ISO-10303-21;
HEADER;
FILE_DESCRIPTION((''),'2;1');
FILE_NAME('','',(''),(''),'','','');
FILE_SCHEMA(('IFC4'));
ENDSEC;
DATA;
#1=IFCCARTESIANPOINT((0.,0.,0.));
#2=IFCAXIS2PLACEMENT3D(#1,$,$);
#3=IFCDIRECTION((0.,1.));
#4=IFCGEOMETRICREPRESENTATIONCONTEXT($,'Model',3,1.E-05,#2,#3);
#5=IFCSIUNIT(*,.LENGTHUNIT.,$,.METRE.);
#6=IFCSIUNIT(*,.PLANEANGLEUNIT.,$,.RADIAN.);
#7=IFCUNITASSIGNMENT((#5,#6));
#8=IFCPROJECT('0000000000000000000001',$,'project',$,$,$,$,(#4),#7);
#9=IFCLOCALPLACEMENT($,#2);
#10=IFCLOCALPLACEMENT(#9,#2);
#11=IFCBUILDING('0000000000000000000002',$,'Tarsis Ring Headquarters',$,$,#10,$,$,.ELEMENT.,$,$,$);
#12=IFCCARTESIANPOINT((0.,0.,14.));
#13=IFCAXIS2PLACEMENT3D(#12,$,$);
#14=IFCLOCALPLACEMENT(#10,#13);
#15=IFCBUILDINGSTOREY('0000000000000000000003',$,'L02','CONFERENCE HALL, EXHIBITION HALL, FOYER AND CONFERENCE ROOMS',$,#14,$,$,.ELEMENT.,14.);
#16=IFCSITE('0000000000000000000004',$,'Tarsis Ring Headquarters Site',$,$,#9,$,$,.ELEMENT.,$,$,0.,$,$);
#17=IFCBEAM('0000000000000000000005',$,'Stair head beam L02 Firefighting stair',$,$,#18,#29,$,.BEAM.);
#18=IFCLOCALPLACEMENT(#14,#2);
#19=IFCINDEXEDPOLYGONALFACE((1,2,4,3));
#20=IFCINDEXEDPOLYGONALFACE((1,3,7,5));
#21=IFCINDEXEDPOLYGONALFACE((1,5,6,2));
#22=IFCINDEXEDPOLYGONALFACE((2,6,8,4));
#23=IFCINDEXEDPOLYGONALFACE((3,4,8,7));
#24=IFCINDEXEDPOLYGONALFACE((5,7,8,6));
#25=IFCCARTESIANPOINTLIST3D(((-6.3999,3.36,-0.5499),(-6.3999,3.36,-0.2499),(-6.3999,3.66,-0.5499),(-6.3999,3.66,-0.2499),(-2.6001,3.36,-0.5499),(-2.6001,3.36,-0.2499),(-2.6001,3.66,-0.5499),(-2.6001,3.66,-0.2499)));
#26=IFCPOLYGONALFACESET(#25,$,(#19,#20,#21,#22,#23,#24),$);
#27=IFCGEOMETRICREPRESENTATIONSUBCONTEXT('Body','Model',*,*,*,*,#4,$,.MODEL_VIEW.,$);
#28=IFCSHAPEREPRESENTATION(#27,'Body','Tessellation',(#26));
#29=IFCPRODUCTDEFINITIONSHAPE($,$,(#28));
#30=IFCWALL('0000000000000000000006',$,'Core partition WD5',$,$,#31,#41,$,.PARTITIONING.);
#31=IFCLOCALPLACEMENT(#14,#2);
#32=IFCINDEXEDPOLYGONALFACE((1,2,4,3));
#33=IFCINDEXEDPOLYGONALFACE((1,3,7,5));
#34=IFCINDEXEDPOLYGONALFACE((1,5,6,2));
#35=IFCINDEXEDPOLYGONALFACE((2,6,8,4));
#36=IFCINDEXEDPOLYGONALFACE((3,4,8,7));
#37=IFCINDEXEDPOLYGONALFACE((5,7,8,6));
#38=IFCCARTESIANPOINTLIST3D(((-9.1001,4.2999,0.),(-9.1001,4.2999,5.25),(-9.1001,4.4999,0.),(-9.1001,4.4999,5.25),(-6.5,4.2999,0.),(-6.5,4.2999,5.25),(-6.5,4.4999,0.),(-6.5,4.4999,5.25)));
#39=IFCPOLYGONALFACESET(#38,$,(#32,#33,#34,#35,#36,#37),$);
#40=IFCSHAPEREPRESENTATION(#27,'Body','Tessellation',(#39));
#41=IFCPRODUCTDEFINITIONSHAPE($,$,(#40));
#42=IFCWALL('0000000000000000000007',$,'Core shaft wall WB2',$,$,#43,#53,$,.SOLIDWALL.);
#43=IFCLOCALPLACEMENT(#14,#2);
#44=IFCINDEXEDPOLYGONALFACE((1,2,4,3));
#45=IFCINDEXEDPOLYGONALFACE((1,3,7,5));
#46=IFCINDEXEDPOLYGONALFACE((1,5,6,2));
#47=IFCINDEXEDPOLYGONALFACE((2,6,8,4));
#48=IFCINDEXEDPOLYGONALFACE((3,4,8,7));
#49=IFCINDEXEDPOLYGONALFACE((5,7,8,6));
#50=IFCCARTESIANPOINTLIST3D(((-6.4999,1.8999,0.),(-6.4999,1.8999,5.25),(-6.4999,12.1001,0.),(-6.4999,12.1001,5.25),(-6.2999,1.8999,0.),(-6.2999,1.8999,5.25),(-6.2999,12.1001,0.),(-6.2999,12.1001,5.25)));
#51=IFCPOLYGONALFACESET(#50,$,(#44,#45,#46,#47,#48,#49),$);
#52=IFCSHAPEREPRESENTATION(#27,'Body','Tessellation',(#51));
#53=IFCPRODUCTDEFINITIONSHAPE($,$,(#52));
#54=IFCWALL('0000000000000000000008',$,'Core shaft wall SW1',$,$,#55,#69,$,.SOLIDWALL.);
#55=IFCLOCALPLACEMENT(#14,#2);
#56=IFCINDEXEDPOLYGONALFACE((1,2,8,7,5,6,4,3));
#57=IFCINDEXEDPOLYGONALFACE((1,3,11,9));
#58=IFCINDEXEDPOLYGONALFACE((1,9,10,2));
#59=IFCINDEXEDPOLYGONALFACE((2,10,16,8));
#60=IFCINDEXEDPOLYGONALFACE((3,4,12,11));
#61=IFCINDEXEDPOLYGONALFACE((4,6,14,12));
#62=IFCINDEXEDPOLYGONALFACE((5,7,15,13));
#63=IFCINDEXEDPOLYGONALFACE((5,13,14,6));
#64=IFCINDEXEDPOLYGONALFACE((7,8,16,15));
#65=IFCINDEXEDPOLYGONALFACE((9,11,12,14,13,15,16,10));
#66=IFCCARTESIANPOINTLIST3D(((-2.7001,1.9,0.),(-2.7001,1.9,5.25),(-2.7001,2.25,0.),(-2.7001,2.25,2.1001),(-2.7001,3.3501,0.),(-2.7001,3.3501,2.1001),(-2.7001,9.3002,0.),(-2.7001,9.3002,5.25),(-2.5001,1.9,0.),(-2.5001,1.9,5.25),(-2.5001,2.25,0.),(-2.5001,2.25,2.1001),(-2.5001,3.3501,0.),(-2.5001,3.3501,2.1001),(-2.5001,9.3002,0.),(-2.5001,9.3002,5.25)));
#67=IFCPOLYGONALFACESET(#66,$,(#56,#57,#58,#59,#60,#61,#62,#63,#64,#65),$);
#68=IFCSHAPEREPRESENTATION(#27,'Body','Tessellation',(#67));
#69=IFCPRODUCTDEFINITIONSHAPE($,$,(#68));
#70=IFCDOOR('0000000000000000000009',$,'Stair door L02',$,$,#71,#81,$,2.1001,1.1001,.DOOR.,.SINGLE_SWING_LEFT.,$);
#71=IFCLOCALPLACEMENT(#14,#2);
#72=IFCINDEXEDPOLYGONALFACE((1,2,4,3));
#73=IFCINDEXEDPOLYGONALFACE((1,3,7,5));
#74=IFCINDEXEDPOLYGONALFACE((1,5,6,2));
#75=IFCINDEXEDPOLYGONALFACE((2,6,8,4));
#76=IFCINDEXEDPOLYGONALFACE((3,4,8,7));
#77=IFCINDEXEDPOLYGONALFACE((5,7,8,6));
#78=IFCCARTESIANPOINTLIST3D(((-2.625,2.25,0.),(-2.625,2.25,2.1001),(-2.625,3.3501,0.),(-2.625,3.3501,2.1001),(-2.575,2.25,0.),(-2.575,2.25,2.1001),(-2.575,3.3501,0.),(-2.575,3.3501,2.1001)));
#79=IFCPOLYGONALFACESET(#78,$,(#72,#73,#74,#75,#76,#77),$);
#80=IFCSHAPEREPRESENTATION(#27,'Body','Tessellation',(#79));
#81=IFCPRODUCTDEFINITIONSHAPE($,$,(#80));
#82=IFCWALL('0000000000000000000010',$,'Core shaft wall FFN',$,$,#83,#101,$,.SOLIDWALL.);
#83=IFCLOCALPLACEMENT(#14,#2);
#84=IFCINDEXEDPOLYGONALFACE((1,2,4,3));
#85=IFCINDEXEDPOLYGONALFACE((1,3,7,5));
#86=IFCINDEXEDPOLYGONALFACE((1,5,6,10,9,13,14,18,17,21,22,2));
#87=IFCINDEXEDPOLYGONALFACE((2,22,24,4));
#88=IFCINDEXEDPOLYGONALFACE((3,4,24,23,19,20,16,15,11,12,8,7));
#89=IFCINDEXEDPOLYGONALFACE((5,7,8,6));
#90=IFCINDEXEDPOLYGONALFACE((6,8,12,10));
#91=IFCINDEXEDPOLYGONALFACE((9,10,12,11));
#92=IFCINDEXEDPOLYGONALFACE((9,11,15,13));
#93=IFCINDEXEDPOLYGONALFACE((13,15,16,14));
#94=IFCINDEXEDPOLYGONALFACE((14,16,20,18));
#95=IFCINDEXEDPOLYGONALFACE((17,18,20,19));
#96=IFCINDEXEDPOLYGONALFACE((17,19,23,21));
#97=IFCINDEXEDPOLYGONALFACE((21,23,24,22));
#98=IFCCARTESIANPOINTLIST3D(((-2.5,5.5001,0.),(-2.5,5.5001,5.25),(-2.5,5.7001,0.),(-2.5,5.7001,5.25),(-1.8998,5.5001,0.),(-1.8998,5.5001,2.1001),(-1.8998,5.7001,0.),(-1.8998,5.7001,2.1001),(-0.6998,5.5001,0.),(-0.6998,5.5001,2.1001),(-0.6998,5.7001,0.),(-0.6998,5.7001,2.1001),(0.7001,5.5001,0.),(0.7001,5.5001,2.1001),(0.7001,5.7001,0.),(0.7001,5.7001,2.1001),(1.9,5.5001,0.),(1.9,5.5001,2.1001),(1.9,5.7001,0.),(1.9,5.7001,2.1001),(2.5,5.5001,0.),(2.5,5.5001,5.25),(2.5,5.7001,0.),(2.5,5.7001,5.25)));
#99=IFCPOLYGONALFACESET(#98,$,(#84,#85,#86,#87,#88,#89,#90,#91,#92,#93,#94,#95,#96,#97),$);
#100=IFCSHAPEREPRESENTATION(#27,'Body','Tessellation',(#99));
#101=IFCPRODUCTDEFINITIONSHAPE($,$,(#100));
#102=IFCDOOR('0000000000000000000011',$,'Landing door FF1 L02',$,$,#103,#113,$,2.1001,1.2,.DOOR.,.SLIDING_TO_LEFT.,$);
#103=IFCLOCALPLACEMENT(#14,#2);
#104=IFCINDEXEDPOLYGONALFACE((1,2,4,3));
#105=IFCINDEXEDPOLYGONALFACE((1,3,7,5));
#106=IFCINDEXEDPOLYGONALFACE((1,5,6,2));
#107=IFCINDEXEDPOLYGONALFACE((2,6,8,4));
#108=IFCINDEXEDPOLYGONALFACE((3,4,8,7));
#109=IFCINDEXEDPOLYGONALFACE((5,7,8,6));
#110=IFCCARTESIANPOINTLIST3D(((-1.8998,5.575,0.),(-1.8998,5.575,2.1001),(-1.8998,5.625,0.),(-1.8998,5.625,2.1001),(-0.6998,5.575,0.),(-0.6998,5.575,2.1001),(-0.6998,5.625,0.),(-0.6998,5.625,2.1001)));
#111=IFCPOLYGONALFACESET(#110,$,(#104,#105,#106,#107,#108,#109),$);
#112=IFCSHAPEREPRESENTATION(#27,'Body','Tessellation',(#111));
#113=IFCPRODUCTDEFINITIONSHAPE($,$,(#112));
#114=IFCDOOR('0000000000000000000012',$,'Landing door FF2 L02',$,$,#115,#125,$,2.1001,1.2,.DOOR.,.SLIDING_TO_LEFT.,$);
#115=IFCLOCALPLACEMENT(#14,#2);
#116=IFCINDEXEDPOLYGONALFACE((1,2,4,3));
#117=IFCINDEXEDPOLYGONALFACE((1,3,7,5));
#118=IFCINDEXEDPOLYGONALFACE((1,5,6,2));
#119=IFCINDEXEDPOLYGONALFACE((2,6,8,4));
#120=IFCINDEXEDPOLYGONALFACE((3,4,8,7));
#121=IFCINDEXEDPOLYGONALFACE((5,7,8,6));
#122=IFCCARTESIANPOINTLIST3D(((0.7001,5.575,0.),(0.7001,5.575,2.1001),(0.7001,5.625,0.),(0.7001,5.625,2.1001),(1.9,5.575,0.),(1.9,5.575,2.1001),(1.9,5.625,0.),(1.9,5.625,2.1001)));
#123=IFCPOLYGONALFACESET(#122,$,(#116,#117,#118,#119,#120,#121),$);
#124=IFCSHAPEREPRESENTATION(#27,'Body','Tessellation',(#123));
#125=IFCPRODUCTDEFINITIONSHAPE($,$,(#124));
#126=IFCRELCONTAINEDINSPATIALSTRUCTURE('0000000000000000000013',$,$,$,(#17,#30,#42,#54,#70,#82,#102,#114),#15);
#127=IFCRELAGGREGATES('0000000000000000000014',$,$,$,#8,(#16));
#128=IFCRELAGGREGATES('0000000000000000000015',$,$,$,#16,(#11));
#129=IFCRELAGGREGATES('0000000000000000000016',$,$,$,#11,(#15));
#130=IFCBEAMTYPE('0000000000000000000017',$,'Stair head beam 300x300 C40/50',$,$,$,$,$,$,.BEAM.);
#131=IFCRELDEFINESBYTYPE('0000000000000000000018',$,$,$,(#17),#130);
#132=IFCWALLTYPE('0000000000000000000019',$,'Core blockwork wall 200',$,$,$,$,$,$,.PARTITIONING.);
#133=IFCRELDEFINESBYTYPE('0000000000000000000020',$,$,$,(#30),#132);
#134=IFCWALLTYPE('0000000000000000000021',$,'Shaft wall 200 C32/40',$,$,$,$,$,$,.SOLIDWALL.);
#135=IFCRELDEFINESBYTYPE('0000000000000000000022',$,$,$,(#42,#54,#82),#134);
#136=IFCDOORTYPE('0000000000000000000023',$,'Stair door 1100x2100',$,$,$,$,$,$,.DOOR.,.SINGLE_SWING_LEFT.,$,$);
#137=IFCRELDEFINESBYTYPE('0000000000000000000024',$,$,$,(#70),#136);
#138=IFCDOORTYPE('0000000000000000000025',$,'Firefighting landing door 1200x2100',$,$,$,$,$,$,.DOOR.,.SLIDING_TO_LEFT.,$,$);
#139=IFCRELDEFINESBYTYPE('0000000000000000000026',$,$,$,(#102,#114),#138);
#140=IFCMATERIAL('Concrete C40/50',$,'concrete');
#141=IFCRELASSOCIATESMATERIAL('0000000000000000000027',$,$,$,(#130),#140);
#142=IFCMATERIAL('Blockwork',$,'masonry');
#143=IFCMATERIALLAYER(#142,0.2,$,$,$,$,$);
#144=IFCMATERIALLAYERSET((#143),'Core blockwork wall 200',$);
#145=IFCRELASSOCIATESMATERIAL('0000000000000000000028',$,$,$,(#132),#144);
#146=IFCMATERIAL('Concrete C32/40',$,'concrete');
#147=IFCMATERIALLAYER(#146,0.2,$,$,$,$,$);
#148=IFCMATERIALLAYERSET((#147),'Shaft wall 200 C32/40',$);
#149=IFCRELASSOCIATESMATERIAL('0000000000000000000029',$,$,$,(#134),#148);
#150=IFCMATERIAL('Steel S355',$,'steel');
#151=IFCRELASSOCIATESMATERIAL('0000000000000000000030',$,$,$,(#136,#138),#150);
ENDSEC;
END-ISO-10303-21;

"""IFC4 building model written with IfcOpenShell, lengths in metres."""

from ifc_helpers import new_model, si_unit, direction, frame, frame_2d, origin, origin_2d, place, context, subcontext, project, spatial, rectangle, extrude, material, layer, layer_set, material_profile, profile_set, type_object, element, fill, save


model = new_model("IFC4")

# Units and contexts
model_context = context("Model", 3, precision=1e-05, world=origin(), true_north=direction((0.0, 1.0)))
body_context = subcontext(model_context, "Body", "Model", "MODEL_VIEW")
ifc_project = project(units=[si_unit("LENGTHUNIT", "METRE"), si_unit("PLANEANGLEUNIT", "RADIAN")], contexts=[model_context])

# Site, building, storey
site_placement = place(None, origin())
site = spatial("IfcSite", under=ifc_project, at=site_placement, Name="Tarsis Ring Headquarters Site", CompositionType="ELEMENT", RefElevation=0.0)
building_placement = place(site_placement, origin())
building = spatial("IfcBuilding", under=site, at=building_placement, Name="Tarsis Ring Headquarters", CompositionType="ELEMENT")
storey_placement = place(building_placement, frame((0.0, 0.0, 14.0)))
storey = spatial("IfcBuildingStorey", under=building, at=storey_placement, Name="L02", Description="CONFERENCE HALL, EXHIBITION HALL, FOYER AND CONFERENCE ROOMS", CompositionType="ELEMENT", Elevation=14.0)

# Beam
ifc_material_1 = material(Name="Concrete C40/50", Category="concrete")
ifc_material_profile = material_profile(ifc_material_1, rectangle(XDim=0.3, YDim=0.3, at=origin_2d()), Name="Stair head beam 300x300 C40/50")
ifc_profile_set = profile_set([ifc_material_profile], Name="Concrete C40/50")
beam_type = type_object("IfcBeamType", Name="Stair head beam 300x300 C40/50", PredefinedType="BEAM", material=ifc_profile_set)
beam_placement = place(storey_placement, frame((-6.3999, 3.51, -0.3999), z_axis=(1.0, 0.0, 0.0), x_axis=(0.0, 1.0, 0.0)))
element("IfcBeam", 1, at=beam_placement, inside=storey, type_object=beam_type, Name="Stair head beam L02 Firefighting stair", PredefinedType="BEAM", context=body_context, shape_type="SweptSolid", body=[
    extrude(rectangle(XDim=0.3, YDim=0.3, at=origin_2d()), origin(), (0.0, 0.0, 1.0), 3.7998),
])

# Walls
ifc_material_2 = material(Name="Blockwork", Category="masonry")
ifc_layer_1 = layer(ifc_material_2, 0.2)
ifc_layer_set_1 = layer_set([ifc_layer_1], Name="Core blockwork wall 200")
wall_type_1 = type_object("IfcWallType", Name="Core blockwork wall 200", PredefinedType="PARTITIONING", material=ifc_layer_set_1)
wall_1_placement = place(storey_placement, frame((-9.1001, 4.3999, 0.0), z_axis=(0.0, 0.0, 1.0), x_axis=(1.0, 0.0, 0.0)))
element("IfcWall", 2, at=wall_1_placement, inside=storey, type_object=wall_type_1, Name="Core partition WD5", PredefinedType="PARTITIONING", context=body_context, shape_type="SweptSolid", body=[
    extrude(rectangle(XDim=2.6001, YDim=0.2, at=frame_2d((1.3, 0.0))), origin(), (0.0, 0.0, 1.0), 5.25),
])
ifc_material_3 = material(Name="Concrete C32/40", Category="concrete")
ifc_layer_2 = layer(ifc_material_3, 0.2)
ifc_layer_set_2 = layer_set([ifc_layer_2], Name="Shaft wall 200 C32/40")
wall_type_2 = type_object("IfcWallType", Name="Shaft wall 200 C32/40", PredefinedType="SOLIDWALL", material=ifc_layer_set_2)
wall_2_placement = place(storey_placement, frame((-6.3999, 1.8999, 0.0), z_axis=(0.0, 0.0, 1.0), x_axis=(0.0, 1.0, 0.0)))
element("IfcWall", 3, at=wall_2_placement, inside=storey, type_object=wall_type_2, Name="Core shaft wall WB2", PredefinedType="SOLIDWALL", context=body_context, shape_type="SweptSolid", body=[
    extrude(rectangle(XDim=10.2002, YDim=0.2, at=frame_2d((5.1001, 0.0))), origin(), (0.0, 0.0, 1.0), 5.25),
])

# Wall, opening, door
wall_3_placement = place(storey_placement, frame((-2.6001, 1.8999, 0.0), z_axis=(0.0, 0.0, 1.0), x_axis=(0.0, 1.0, 0.0)))
wall_3 = element("IfcWall", 4, at=wall_3_placement, inside=storey, type_object=wall_type_2, Name="Core shaft wall SW1", PredefinedType="SOLIDWALL", context=body_context, shape_type="SweptSolid", body=[
    extrude(rectangle(XDim=7.4001, YDim=0.2, at=frame_2d((3.7002, 0.0))), origin(), (0.0, 0.0, 1.0), 5.25),
])
opening_1_placement = place(wall_3_placement, frame((0.3501, 0.0, 0.0)))
opening_1 = element("IfcOpeningElement", 5, at=opening_1_placement, cuts=wall_3, PredefinedType="OPENING", context=body_context, shape_type="SweptSolid", body=[
    extrude(rectangle(XDim=1.1001, YDim=2.1001, at=frame_2d((0.55, 1.05))), frame((0.0, 0.1099, 0.0), z_axis=(0.0, -1.0, 0.0), x_axis=(1.0, 0.0, 0.0)), (0.0, 0.0, 1.0), 0.22),
])
ifc_material_4 = material(Name="Steel S355", Category="steel")
door_type_1 = type_object("IfcDoorType", Name="Stair door 1100x2100", OperationType="SINGLE_SWING_LEFT", PredefinedType="DOOR", material=ifc_material_4)
door_1_placement = place(opening_1_placement, origin())
door_1 = element("IfcDoor", 6, at=door_1_placement, inside=storey, type_object=door_type_1, Name="Stair door L02", OperationType="SINGLE_SWING_LEFT", OverallHeight=2.1001, OverallWidth=1.1001, PredefinedType="DOOR", context=body_context, shape_type="SweptSolid", body=[
    extrude(rectangle(XDim=1.1001, YDim=2.1001, at=frame_2d((0.55, 1.05))), frame((0.0, 0.0249, 0.0), z_axis=(0.0, -1.0, 0.0), x_axis=(1.0, 0.0, 0.0)), (0.0, 0.0, 1.0), 0.05),
])
fill(opening_1, door_1)

# Wall, openings, doors
wall_4_placement = place(storey_placement, frame((-2.5, 5.6001, 0.0), z_axis=(0.0, 0.0, 1.0), x_axis=(1.0, 0.0, 0.0)))
wall_4 = element("IfcWall", 7, at=wall_4_placement, inside=storey, type_object=wall_type_2, Name="Core shaft wall FFN", PredefinedType="SOLIDWALL", context=body_context, shape_type="SweptSolid", body=[
    extrude(rectangle(XDim=5.0, YDim=0.2, at=frame_2d((2.5, 0.0))), origin(), (0.0, 0.0, 1.0), 5.25),
])
opening_2_placement = place(wall_4_placement, frame((0.6001, 0.0, 0.0)))
opening_2 = element("IfcOpeningElement", 8, at=opening_2_placement, cuts=wall_4, PredefinedType="OPENING", context=body_context, shape_type="SweptSolid", body=[
    extrude(rectangle(XDim=1.2, YDim=2.1001, at=frame_2d((0.6001, 1.05))), frame((0.0, 0.1099, 0.0), z_axis=(0.0, -1.0, 0.0), x_axis=(1.0, 0.0, 0.0)), (0.0, 0.0, 1.0), 0.22),
])
opening_3_placement = place(wall_4_placement, frame((3.2, 0.0, 0.0)))
opening_3 = element("IfcOpeningElement", 9, at=opening_3_placement, cuts=wall_4, PredefinedType="OPENING", context=body_context, shape_type="SweptSolid", body=[
    extrude(rectangle(XDim=1.2, YDim=2.1001, at=frame_2d((0.6001, 1.05))), frame((0.0, 0.1099, 0.0), z_axis=(0.0, -1.0, 0.0), x_axis=(1.0, 0.0, 0.0)), (0.0, 0.0, 1.0), 0.22),
])
door_type_2 = type_object("IfcDoorType", Name="Firefighting landing door 1200x2100", OperationType="SLIDING_TO_LEFT", PredefinedType="DOOR", material=ifc_material_4)
door_2_placement = place(opening_2_placement, origin())
door_2 = element("IfcDoor", 10, at=door_2_placement, inside=storey, type_object=door_type_2, Name="Landing door FF1 L02", OperationType="SLIDING_TO_LEFT", OverallHeight=2.1001, OverallWidth=1.2, PredefinedType="DOOR", context=body_context, shape_type="SweptSolid", body=[
    extrude(rectangle(XDim=1.2, YDim=2.1001, at=frame_2d((0.6001, 1.05))), frame((0.0, 0.0249, 0.0), z_axis=(0.0, -1.0, 0.0), x_axis=(1.0, 0.0, 0.0)), (0.0, 0.0, 1.0), 0.05),
])
fill(opening_2, door_2)
door_3_placement = place(opening_3_placement, origin())
door_3 = element("IfcDoor", 11, at=door_3_placement, inside=storey, type_object=door_type_2, Name="Landing door FF2 L02", OperationType="SLIDING_TO_LEFT", OverallHeight=2.1001, OverallWidth=1.2, PredefinedType="DOOR", context=body_context, shape_type="SweptSolid", body=[
    extrude(rectangle(XDim=1.2, YDim=2.1001, at=frame_2d((0.6001, 1.05))), frame((0.0, 0.0249, 0.0), z_axis=(0.0, -1.0, 0.0), x_axis=(1.0, 0.0, 0.0)), (0.0, 0.0, 1.0), 0.05),
])
fill(opening_3, door_3)

save(model, "model.ifc")
